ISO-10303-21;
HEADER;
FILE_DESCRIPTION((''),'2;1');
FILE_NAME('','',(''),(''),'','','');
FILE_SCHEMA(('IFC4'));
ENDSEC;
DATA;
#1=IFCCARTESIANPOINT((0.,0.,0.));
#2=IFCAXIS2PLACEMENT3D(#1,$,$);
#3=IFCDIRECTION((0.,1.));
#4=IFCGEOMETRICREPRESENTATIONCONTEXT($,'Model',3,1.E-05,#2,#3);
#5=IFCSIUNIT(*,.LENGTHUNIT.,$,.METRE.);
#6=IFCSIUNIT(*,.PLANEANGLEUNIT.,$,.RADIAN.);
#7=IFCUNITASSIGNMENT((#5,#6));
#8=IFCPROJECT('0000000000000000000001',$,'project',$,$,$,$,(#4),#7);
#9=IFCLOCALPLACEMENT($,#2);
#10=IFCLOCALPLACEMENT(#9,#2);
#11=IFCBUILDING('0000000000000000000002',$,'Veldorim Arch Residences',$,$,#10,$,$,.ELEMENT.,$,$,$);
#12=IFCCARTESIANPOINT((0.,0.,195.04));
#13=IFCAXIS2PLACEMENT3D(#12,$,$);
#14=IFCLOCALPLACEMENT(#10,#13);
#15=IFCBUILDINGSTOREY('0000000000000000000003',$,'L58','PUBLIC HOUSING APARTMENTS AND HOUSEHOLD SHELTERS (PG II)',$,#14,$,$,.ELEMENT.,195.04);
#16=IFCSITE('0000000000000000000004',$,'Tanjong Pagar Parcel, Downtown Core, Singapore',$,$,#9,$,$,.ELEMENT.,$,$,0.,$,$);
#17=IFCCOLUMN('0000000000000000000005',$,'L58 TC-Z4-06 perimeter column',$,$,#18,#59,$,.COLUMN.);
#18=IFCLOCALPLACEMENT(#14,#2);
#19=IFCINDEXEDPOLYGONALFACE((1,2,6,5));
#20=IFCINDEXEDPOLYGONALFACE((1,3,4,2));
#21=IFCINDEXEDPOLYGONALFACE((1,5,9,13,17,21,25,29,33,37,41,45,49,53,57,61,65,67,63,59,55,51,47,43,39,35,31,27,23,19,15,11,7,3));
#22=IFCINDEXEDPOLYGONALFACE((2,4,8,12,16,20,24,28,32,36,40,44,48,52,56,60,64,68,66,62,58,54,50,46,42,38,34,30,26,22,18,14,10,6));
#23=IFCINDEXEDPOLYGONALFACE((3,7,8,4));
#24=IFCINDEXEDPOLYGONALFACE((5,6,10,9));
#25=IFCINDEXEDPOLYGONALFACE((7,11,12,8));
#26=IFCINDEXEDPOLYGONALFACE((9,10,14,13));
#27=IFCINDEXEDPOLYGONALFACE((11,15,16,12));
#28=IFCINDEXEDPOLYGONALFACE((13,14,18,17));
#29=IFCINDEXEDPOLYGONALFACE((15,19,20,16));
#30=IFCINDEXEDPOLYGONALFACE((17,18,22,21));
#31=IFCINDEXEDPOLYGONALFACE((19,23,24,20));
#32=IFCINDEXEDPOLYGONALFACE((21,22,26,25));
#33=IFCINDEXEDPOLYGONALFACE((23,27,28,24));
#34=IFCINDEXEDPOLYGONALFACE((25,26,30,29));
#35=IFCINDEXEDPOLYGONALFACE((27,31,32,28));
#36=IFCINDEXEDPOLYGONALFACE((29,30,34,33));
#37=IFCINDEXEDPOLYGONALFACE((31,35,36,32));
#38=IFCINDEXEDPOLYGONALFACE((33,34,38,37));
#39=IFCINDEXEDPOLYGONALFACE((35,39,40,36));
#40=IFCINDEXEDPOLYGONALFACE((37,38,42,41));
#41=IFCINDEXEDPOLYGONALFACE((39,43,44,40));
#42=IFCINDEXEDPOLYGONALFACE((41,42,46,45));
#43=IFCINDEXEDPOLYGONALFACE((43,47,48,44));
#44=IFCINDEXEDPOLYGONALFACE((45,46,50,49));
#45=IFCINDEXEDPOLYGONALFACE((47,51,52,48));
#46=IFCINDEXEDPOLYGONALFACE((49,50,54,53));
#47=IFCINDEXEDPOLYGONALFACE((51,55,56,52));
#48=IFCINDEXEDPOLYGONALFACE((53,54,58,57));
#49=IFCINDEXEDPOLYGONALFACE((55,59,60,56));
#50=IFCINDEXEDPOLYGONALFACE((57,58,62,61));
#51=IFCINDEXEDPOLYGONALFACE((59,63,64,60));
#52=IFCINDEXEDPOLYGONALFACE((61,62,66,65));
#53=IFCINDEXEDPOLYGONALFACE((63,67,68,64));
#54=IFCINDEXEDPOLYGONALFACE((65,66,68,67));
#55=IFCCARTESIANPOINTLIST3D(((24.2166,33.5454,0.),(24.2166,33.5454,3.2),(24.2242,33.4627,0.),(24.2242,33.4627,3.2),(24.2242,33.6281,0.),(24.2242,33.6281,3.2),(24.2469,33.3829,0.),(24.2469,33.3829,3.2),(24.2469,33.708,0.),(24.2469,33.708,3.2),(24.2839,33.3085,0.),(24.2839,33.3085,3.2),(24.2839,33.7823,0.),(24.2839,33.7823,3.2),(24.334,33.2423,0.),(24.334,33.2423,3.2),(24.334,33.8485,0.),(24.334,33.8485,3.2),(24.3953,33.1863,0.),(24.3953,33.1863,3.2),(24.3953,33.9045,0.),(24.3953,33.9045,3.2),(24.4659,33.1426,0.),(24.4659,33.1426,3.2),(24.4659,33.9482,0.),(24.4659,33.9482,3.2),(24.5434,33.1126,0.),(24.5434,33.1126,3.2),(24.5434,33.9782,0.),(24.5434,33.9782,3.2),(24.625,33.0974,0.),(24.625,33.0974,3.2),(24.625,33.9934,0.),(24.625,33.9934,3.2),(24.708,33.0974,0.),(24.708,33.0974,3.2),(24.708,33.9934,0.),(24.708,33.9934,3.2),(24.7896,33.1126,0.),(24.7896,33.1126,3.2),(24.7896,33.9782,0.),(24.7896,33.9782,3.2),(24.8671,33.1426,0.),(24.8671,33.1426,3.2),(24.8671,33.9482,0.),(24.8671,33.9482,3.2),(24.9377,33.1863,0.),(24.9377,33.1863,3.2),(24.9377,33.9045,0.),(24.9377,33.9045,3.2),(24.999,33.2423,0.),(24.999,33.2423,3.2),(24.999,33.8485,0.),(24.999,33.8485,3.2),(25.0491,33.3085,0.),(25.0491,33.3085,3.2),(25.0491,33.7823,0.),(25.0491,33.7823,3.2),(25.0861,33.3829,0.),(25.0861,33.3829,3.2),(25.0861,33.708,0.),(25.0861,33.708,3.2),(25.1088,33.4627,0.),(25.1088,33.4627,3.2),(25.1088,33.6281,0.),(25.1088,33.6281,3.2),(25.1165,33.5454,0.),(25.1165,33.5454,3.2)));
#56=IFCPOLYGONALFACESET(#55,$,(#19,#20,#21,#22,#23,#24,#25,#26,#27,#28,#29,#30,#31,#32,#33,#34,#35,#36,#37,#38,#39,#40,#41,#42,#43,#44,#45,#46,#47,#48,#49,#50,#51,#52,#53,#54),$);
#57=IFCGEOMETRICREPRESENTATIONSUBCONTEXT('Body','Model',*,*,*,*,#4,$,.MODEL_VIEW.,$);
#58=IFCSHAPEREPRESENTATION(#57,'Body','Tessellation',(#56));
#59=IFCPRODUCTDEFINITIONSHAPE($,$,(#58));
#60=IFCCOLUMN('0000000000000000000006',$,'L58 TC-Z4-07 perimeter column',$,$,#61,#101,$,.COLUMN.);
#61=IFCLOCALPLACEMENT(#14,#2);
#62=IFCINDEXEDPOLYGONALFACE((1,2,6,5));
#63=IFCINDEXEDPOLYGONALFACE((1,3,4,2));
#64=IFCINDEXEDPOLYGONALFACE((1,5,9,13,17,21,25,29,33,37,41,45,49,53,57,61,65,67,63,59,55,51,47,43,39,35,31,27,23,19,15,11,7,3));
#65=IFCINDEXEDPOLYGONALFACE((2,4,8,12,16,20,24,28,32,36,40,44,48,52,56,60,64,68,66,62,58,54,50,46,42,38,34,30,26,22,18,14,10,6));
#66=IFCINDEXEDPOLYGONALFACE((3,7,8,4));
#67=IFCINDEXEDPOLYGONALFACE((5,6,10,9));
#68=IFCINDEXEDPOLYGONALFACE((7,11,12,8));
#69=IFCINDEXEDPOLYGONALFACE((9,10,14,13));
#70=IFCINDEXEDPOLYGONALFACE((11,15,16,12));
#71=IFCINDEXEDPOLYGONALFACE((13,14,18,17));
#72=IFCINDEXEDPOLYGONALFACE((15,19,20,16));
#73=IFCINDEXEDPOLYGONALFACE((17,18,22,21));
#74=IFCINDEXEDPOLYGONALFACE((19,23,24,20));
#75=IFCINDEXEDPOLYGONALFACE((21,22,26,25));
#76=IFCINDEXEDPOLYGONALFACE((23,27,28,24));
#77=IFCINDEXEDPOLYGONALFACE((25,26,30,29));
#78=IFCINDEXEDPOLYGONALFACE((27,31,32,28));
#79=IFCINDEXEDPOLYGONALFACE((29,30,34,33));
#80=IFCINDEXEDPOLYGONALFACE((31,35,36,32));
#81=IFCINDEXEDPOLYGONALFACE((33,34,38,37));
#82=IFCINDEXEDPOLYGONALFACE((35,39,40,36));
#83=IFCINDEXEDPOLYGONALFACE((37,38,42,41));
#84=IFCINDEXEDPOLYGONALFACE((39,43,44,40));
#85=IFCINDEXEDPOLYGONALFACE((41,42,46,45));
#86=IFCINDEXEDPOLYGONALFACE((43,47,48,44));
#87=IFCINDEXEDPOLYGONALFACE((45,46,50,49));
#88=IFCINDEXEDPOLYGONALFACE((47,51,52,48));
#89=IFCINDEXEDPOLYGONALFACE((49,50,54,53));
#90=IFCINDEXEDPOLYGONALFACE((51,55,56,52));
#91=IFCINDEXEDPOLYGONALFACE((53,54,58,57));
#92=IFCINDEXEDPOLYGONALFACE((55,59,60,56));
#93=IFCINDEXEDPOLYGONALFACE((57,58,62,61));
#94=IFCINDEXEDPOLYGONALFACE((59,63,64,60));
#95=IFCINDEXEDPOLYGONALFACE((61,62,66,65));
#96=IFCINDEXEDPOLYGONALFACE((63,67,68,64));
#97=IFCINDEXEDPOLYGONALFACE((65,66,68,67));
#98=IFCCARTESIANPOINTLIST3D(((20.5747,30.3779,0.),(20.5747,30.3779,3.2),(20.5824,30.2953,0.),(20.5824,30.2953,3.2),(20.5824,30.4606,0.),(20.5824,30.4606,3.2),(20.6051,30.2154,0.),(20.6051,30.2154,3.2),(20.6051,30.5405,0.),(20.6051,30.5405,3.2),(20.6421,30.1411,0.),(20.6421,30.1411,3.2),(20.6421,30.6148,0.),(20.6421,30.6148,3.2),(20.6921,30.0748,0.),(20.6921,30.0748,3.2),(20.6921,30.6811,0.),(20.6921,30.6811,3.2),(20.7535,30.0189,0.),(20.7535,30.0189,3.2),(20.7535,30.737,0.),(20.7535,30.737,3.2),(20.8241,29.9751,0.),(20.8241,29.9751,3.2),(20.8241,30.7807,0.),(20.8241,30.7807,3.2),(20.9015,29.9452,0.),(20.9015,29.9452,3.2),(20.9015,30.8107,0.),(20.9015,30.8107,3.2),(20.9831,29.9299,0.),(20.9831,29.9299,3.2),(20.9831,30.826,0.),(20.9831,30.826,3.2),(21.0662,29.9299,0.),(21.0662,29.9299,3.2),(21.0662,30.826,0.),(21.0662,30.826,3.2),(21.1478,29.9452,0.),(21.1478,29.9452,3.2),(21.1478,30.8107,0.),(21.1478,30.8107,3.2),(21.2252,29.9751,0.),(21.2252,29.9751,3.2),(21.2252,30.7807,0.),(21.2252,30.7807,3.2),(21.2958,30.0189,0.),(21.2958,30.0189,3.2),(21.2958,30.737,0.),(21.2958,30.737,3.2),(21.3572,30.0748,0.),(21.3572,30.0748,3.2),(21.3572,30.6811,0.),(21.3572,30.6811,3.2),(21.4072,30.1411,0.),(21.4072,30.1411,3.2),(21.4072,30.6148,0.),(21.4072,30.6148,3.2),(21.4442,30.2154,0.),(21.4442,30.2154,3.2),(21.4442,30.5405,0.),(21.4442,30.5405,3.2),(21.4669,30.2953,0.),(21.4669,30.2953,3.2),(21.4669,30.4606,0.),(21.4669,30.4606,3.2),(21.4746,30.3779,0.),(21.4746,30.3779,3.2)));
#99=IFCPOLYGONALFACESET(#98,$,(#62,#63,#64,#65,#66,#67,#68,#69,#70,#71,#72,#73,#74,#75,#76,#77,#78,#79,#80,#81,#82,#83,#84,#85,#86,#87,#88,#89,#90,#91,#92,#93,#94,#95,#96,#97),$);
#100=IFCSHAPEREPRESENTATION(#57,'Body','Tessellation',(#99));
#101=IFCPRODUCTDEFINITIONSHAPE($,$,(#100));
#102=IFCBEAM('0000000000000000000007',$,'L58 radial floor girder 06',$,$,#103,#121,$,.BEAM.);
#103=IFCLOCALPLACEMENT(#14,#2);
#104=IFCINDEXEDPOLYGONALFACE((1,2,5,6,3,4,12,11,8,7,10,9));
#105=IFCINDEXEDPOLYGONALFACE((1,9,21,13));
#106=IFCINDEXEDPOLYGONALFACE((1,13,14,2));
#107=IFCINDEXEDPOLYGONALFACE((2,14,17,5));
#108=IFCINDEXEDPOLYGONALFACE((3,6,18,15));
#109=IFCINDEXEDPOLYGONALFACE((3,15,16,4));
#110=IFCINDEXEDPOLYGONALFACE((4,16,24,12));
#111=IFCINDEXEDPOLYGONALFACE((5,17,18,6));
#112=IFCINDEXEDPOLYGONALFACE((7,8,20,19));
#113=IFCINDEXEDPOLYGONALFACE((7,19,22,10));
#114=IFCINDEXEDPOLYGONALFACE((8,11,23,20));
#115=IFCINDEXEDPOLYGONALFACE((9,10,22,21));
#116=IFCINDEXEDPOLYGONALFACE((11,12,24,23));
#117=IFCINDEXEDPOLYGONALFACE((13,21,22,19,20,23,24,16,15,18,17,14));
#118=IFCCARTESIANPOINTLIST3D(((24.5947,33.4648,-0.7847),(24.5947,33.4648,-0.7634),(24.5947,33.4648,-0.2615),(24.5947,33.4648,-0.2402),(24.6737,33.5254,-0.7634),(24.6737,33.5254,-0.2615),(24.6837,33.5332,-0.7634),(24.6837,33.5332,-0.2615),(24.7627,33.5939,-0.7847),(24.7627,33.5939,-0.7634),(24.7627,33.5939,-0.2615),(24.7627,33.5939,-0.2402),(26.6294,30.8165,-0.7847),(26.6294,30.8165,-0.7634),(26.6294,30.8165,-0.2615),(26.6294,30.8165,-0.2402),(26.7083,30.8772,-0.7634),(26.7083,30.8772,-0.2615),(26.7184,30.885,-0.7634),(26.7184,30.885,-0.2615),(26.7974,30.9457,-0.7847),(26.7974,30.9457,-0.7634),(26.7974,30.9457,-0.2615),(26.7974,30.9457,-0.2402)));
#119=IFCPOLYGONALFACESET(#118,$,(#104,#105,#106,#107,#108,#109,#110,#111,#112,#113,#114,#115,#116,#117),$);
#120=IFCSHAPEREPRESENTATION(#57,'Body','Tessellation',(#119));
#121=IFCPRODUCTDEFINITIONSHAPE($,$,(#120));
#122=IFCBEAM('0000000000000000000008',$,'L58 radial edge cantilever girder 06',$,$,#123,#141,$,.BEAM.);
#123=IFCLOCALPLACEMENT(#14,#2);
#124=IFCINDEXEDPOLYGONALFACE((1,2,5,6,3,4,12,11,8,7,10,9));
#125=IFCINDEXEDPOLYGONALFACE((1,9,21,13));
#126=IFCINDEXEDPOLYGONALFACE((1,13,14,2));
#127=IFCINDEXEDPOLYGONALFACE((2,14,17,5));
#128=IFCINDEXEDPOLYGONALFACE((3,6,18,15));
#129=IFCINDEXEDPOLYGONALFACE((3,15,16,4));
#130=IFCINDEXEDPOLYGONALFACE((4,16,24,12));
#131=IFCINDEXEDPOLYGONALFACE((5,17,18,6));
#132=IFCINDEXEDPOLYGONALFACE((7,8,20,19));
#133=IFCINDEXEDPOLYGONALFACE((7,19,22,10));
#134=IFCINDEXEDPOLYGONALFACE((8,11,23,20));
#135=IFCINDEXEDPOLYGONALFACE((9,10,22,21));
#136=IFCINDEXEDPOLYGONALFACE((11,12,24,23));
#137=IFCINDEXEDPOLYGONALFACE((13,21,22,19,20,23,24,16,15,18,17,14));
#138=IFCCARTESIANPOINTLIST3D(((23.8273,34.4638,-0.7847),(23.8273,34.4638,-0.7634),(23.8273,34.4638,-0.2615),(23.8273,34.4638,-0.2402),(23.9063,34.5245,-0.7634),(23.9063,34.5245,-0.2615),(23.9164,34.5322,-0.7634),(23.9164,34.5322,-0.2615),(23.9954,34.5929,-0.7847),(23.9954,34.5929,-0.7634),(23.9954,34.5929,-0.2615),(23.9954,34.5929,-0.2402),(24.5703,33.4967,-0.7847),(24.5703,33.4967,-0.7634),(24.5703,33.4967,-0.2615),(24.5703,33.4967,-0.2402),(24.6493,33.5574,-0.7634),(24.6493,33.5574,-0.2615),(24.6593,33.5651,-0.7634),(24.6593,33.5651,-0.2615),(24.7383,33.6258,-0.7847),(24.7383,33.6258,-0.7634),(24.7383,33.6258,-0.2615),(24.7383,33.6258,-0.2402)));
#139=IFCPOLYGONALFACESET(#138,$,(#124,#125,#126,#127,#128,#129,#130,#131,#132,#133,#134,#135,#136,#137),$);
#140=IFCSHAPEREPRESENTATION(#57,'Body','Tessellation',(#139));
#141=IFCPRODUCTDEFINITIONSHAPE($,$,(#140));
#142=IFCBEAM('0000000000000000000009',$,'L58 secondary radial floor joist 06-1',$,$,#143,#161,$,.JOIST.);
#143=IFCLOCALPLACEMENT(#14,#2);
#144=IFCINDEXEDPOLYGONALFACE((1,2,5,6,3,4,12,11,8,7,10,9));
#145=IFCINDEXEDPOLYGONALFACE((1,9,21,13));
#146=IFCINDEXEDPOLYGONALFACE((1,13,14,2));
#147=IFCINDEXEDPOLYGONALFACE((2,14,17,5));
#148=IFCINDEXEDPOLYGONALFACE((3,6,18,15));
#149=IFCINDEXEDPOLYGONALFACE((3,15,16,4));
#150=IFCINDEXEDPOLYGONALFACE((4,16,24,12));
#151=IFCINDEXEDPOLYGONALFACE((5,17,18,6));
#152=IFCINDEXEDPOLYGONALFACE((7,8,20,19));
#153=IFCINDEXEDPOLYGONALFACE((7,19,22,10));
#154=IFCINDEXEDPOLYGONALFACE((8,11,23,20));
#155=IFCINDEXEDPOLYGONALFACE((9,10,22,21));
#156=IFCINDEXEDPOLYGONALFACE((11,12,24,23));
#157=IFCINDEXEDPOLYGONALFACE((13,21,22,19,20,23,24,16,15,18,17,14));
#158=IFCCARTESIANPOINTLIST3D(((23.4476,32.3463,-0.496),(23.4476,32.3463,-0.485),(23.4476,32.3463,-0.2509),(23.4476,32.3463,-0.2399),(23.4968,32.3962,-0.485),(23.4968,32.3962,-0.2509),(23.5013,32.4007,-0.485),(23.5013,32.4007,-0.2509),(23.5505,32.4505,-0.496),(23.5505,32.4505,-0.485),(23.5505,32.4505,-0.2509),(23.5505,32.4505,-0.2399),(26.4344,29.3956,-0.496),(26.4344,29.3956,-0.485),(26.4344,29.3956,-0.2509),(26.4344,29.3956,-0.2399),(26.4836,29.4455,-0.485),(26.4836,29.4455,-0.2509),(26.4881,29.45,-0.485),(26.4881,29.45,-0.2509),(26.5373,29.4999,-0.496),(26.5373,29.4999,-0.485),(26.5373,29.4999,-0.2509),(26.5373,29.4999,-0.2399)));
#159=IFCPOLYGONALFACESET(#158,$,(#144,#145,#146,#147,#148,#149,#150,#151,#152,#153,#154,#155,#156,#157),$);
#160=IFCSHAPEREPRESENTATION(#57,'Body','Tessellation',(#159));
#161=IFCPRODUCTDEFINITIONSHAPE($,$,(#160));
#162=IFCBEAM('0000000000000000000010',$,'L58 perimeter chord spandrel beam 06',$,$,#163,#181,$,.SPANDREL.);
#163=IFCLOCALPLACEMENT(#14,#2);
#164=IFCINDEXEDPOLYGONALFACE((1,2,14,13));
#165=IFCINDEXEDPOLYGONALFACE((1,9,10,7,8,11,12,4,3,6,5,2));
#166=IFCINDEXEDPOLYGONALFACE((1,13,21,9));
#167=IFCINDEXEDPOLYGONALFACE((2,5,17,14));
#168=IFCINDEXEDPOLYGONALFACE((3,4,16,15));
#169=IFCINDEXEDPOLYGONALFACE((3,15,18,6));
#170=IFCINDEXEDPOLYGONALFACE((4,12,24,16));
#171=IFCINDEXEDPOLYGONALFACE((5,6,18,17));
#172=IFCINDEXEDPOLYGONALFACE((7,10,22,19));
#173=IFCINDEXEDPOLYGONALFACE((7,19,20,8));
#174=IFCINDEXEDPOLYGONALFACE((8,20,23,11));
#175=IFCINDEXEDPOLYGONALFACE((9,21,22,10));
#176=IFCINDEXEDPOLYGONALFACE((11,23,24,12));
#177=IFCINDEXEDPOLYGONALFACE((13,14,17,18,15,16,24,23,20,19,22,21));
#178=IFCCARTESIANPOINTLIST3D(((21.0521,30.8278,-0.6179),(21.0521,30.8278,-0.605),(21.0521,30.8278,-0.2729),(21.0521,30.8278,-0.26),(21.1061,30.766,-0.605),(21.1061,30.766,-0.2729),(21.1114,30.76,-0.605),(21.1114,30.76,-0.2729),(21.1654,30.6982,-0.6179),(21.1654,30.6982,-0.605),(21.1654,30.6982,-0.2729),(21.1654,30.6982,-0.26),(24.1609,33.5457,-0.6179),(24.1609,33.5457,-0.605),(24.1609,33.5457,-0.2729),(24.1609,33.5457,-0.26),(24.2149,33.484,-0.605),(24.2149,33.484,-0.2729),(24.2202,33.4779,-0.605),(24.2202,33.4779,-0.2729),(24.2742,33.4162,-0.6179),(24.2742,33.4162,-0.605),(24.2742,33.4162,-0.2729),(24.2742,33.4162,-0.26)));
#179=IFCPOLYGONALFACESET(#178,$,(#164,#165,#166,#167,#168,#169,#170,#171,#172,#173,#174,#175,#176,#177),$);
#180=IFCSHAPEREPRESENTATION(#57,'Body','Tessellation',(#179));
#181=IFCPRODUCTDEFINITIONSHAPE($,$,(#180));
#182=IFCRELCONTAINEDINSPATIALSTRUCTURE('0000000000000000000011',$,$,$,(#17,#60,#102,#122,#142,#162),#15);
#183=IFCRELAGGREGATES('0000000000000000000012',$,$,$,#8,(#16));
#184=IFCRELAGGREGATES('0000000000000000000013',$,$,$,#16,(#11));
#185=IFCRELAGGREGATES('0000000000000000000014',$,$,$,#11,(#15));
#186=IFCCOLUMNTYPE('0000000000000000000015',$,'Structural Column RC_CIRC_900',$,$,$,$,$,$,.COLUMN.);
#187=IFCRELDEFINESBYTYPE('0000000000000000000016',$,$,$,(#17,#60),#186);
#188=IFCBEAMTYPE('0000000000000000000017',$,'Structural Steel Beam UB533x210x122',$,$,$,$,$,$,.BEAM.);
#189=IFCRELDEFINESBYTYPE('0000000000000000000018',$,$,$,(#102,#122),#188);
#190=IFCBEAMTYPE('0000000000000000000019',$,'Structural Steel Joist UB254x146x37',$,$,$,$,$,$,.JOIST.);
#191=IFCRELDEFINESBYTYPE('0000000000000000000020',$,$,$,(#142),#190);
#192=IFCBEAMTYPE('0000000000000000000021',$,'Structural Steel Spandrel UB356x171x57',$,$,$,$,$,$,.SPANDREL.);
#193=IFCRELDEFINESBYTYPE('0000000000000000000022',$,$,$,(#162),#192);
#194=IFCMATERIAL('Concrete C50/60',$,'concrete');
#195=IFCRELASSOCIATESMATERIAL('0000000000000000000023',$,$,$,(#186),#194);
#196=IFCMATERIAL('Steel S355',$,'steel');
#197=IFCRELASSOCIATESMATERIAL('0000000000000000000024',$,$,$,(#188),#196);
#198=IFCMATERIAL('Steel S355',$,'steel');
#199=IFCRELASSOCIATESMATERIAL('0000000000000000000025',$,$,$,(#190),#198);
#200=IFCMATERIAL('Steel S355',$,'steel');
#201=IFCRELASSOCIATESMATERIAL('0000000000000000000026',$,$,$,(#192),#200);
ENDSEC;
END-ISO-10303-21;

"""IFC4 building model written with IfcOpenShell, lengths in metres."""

from ifc_helpers import new_model, si_unit, direction, frame, origin, origin_2d, place, context, subcontext, project, spatial, circle, i_section, extrude, material, material_profile, profile_set, type_object, element, save


model = new_model("IFC4")

# Units and contexts
model_context = context("Model", 3, precision=1e-05, world=origin(), true_north=direction((0.0, 1.0)))
body_context = subcontext(model_context, "Body", "Model", "MODEL_VIEW")
ifc_project = project(units=[si_unit("LENGTHUNIT", "METRE"), si_unit("PLANEANGLEUNIT", "RADIAN")], contexts=[model_context])

# Site, building, storey
site_placement = place(None, origin())
site = spatial("IfcSite", under=ifc_project, at=site_placement, Name="Tanjong Pagar Parcel, Downtown Core, Singapore", CompositionType="ELEMENT", RefElevation=0.0)
building_placement = place(site_placement, origin())
building = spatial("IfcBuilding", under=site, at=building_placement, Name="Veldorim Arch Residences", CompositionType="ELEMENT")
storey_placement = place(building_placement, frame((0.0, 0.0, 195.04)))
storey = spatial("IfcBuildingStorey", under=building, at=storey_placement, Name="L58", Description="PUBLIC HOUSING APARTMENTS AND HOUSEHOLD SHELTERS (PG II)", CompositionType="ELEMENT", Elevation=195.04)

# Columns
ifc_material_1 = material(Name="Concrete C50/60", Category="concrete")
ifc_material_profile_1 = material_profile(ifc_material_1, circle(Radius=0.45, at=origin_2d()), Name="RC_CIRC_900")
ifc_profile_set_1 = profile_set([ifc_material_profile_1], Name="Concrete C50/60")
column_type = type_object("IfcColumnType", Name="Structural Column RC_CIRC_900", PredefinedType="COLUMN", material=ifc_profile_set_1)
for number, where, z_axis, x_axis, name in (
    (1, (24.6665, 33.5454, 0.0), (0.0, 0.0, 1.0), (1.0, 0.0, 0.0), "L58 TC-Z4-06 perimeter column"),
    (2, (21.0247, 30.3779, 0.0), (0.0, 0.0, 1.0), (1.0, 0.0, 0.0), "L58 TC-Z4-07 perimeter column"),
):
    element("IfcColumn", number, at=place(storey_placement, frame(where, z_axis=z_axis, x_axis=x_axis)), inside=storey, type_object=column_type, Name=name, PredefinedType="COLUMN", context=body_context, shape_type="SweptSolid", body=[
        extrude(circle(Radius=0.45, at=origin_2d()), origin(), (0.0, 0.0, 1.0), 3.2),
    ])

# Beams
ifc_material_2 = material(Name="Steel S355", Category="steel")
ifc_material_profile_2 = material_profile(ifc_material_2, i_section(OverallWidth=0.2119, OverallDepth=0.5444, WebThickness=0.0127, FlangeThickness=0.0212, at=origin_2d()), Name="UB533x210x122")
ifc_profile_set_2 = profile_set([ifc_material_profile_2], Name="Steel S355")
beam_type_1 = type_object("IfcBeamType", Name="Structural Steel Beam UB533x210x122", PredefinedType="BEAM", material=ifc_profile_set_2)
beam_1_placement = place(storey_placement, frame((26.7134, 30.8811, -0.5125), z_axis=(-0.609258, 0.792972, 0.0), x_axis=(-0.792972, -0.609258, 0.0)))
element("IfcBeam", 3, at=beam_1_placement, inside=storey, type_object=beam_type_1, Name="L58 radial floor girder 06", PredefinedType="BEAM", context=body_context, shape_type="SweptSolid", body=[
    extrude(i_section(OverallWidth=0.2119, OverallDepth=0.5444, WebThickness=0.0127, FlangeThickness=0.0212, at=origin_2d()), origin(), (0.0, 0.0, 1.0), 3.3396),
])
beam_2_placement = place(storey_placement, frame((24.6543, 33.5613, -0.5125), z_axis=(-0.609217, 0.793003, 0.0), x_axis=(-0.793003, -0.609217, 0.0)))
element("IfcBeam", 4, at=beam_2_placement, inside=storey, type_object=beam_type_1, Name="L58 radial edge cantilever girder 06", PredefinedType="BEAM", context=body_context, shape_type="SweptSolid", body=[
    extrude(i_section(OverallWidth=0.2119, OverallDepth=0.5444, WebThickness=0.0127, FlangeThickness=0.0212, at=origin_2d()), origin(), (0.0, 0.0, 1.0), 1.2195),
])
ifc_material_3 = material(Name="Steel S355", Category="steel")
ifc_material_profile_3 = material_profile(ifc_material_3, i_section(OverallWidth=0.1465, OverallDepth=0.2561, WebThickness=0.0063, FlangeThickness=0.011, at=origin_2d()), Name="UB254x146x37")
ifc_profile_set_3 = profile_set([ifc_material_profile_3], Name="Steel S355")
beam_type_2 = type_object("IfcBeamType", Name="Structural Steel Joist UB254x146x37", PredefinedType="JOIST", material=ifc_profile_set_3)
beam_3_placement = place(storey_placement, frame((26.4858, 29.4478, -0.3679), z_axis=(-0.711397, 0.702791, 0.0), x_axis=(-0.702791, -0.711397, 0.0)))
element("IfcBeam", 5, at=beam_3_placement, inside=storey, type_object=beam_type_2, Name="L58 secondary radial floor joist 06-1", PredefinedType="JOIST", context=body_context, shape_type="SweptSolid", body=[
    extrude(i_section(OverallWidth=0.1465, OverallDepth=0.2561, WebThickness=0.0063, FlangeThickness=0.011, at=origin_2d()), origin(), (0.0, 0.0, 1.0), 4.1985),
])
ifc_material_4 = material(Name="Steel S355", Category="steel")
ifc_material_profile_4 = material_profile(ifc_material_4, i_section(OverallWidth=0.1721, OverallDepth=0.3579, WebThickness=0.0081, FlangeThickness=0.0129, at=origin_2d()), Name="UB356x171x57")
ifc_profile_set_4 = profile_set([ifc_material_profile_4], Name="Steel S355")
beam_type_3 = type_object("IfcBeamType", Name="Structural Steel Spandrel UB356x171x57", PredefinedType="SPANDREL", material=ifc_profile_set_4)
beam_4_placement = place(storey_placement, frame((24.2175, 33.481, -0.439), z_axis=(-0.752848, -0.658195, 0.0), x_axis=(0.658195, -0.752848, 0.0)))
element("IfcBeam", 6, at=beam_4_placement, inside=storey, type_object=beam_type_3, Name="L58 perimeter chord spandrel beam 06", PredefinedType="SPANDREL", context=body_context, shape_type="SweptSolid", body=[
    extrude(i_section(OverallWidth=0.1721, OverallDepth=0.3579, WebThickness=0.0081, FlangeThickness=0.0129, at=origin_2d()), origin(), (0.0, 0.0, 1.0), 4.1294),
])

save(model, "model.ifc")
